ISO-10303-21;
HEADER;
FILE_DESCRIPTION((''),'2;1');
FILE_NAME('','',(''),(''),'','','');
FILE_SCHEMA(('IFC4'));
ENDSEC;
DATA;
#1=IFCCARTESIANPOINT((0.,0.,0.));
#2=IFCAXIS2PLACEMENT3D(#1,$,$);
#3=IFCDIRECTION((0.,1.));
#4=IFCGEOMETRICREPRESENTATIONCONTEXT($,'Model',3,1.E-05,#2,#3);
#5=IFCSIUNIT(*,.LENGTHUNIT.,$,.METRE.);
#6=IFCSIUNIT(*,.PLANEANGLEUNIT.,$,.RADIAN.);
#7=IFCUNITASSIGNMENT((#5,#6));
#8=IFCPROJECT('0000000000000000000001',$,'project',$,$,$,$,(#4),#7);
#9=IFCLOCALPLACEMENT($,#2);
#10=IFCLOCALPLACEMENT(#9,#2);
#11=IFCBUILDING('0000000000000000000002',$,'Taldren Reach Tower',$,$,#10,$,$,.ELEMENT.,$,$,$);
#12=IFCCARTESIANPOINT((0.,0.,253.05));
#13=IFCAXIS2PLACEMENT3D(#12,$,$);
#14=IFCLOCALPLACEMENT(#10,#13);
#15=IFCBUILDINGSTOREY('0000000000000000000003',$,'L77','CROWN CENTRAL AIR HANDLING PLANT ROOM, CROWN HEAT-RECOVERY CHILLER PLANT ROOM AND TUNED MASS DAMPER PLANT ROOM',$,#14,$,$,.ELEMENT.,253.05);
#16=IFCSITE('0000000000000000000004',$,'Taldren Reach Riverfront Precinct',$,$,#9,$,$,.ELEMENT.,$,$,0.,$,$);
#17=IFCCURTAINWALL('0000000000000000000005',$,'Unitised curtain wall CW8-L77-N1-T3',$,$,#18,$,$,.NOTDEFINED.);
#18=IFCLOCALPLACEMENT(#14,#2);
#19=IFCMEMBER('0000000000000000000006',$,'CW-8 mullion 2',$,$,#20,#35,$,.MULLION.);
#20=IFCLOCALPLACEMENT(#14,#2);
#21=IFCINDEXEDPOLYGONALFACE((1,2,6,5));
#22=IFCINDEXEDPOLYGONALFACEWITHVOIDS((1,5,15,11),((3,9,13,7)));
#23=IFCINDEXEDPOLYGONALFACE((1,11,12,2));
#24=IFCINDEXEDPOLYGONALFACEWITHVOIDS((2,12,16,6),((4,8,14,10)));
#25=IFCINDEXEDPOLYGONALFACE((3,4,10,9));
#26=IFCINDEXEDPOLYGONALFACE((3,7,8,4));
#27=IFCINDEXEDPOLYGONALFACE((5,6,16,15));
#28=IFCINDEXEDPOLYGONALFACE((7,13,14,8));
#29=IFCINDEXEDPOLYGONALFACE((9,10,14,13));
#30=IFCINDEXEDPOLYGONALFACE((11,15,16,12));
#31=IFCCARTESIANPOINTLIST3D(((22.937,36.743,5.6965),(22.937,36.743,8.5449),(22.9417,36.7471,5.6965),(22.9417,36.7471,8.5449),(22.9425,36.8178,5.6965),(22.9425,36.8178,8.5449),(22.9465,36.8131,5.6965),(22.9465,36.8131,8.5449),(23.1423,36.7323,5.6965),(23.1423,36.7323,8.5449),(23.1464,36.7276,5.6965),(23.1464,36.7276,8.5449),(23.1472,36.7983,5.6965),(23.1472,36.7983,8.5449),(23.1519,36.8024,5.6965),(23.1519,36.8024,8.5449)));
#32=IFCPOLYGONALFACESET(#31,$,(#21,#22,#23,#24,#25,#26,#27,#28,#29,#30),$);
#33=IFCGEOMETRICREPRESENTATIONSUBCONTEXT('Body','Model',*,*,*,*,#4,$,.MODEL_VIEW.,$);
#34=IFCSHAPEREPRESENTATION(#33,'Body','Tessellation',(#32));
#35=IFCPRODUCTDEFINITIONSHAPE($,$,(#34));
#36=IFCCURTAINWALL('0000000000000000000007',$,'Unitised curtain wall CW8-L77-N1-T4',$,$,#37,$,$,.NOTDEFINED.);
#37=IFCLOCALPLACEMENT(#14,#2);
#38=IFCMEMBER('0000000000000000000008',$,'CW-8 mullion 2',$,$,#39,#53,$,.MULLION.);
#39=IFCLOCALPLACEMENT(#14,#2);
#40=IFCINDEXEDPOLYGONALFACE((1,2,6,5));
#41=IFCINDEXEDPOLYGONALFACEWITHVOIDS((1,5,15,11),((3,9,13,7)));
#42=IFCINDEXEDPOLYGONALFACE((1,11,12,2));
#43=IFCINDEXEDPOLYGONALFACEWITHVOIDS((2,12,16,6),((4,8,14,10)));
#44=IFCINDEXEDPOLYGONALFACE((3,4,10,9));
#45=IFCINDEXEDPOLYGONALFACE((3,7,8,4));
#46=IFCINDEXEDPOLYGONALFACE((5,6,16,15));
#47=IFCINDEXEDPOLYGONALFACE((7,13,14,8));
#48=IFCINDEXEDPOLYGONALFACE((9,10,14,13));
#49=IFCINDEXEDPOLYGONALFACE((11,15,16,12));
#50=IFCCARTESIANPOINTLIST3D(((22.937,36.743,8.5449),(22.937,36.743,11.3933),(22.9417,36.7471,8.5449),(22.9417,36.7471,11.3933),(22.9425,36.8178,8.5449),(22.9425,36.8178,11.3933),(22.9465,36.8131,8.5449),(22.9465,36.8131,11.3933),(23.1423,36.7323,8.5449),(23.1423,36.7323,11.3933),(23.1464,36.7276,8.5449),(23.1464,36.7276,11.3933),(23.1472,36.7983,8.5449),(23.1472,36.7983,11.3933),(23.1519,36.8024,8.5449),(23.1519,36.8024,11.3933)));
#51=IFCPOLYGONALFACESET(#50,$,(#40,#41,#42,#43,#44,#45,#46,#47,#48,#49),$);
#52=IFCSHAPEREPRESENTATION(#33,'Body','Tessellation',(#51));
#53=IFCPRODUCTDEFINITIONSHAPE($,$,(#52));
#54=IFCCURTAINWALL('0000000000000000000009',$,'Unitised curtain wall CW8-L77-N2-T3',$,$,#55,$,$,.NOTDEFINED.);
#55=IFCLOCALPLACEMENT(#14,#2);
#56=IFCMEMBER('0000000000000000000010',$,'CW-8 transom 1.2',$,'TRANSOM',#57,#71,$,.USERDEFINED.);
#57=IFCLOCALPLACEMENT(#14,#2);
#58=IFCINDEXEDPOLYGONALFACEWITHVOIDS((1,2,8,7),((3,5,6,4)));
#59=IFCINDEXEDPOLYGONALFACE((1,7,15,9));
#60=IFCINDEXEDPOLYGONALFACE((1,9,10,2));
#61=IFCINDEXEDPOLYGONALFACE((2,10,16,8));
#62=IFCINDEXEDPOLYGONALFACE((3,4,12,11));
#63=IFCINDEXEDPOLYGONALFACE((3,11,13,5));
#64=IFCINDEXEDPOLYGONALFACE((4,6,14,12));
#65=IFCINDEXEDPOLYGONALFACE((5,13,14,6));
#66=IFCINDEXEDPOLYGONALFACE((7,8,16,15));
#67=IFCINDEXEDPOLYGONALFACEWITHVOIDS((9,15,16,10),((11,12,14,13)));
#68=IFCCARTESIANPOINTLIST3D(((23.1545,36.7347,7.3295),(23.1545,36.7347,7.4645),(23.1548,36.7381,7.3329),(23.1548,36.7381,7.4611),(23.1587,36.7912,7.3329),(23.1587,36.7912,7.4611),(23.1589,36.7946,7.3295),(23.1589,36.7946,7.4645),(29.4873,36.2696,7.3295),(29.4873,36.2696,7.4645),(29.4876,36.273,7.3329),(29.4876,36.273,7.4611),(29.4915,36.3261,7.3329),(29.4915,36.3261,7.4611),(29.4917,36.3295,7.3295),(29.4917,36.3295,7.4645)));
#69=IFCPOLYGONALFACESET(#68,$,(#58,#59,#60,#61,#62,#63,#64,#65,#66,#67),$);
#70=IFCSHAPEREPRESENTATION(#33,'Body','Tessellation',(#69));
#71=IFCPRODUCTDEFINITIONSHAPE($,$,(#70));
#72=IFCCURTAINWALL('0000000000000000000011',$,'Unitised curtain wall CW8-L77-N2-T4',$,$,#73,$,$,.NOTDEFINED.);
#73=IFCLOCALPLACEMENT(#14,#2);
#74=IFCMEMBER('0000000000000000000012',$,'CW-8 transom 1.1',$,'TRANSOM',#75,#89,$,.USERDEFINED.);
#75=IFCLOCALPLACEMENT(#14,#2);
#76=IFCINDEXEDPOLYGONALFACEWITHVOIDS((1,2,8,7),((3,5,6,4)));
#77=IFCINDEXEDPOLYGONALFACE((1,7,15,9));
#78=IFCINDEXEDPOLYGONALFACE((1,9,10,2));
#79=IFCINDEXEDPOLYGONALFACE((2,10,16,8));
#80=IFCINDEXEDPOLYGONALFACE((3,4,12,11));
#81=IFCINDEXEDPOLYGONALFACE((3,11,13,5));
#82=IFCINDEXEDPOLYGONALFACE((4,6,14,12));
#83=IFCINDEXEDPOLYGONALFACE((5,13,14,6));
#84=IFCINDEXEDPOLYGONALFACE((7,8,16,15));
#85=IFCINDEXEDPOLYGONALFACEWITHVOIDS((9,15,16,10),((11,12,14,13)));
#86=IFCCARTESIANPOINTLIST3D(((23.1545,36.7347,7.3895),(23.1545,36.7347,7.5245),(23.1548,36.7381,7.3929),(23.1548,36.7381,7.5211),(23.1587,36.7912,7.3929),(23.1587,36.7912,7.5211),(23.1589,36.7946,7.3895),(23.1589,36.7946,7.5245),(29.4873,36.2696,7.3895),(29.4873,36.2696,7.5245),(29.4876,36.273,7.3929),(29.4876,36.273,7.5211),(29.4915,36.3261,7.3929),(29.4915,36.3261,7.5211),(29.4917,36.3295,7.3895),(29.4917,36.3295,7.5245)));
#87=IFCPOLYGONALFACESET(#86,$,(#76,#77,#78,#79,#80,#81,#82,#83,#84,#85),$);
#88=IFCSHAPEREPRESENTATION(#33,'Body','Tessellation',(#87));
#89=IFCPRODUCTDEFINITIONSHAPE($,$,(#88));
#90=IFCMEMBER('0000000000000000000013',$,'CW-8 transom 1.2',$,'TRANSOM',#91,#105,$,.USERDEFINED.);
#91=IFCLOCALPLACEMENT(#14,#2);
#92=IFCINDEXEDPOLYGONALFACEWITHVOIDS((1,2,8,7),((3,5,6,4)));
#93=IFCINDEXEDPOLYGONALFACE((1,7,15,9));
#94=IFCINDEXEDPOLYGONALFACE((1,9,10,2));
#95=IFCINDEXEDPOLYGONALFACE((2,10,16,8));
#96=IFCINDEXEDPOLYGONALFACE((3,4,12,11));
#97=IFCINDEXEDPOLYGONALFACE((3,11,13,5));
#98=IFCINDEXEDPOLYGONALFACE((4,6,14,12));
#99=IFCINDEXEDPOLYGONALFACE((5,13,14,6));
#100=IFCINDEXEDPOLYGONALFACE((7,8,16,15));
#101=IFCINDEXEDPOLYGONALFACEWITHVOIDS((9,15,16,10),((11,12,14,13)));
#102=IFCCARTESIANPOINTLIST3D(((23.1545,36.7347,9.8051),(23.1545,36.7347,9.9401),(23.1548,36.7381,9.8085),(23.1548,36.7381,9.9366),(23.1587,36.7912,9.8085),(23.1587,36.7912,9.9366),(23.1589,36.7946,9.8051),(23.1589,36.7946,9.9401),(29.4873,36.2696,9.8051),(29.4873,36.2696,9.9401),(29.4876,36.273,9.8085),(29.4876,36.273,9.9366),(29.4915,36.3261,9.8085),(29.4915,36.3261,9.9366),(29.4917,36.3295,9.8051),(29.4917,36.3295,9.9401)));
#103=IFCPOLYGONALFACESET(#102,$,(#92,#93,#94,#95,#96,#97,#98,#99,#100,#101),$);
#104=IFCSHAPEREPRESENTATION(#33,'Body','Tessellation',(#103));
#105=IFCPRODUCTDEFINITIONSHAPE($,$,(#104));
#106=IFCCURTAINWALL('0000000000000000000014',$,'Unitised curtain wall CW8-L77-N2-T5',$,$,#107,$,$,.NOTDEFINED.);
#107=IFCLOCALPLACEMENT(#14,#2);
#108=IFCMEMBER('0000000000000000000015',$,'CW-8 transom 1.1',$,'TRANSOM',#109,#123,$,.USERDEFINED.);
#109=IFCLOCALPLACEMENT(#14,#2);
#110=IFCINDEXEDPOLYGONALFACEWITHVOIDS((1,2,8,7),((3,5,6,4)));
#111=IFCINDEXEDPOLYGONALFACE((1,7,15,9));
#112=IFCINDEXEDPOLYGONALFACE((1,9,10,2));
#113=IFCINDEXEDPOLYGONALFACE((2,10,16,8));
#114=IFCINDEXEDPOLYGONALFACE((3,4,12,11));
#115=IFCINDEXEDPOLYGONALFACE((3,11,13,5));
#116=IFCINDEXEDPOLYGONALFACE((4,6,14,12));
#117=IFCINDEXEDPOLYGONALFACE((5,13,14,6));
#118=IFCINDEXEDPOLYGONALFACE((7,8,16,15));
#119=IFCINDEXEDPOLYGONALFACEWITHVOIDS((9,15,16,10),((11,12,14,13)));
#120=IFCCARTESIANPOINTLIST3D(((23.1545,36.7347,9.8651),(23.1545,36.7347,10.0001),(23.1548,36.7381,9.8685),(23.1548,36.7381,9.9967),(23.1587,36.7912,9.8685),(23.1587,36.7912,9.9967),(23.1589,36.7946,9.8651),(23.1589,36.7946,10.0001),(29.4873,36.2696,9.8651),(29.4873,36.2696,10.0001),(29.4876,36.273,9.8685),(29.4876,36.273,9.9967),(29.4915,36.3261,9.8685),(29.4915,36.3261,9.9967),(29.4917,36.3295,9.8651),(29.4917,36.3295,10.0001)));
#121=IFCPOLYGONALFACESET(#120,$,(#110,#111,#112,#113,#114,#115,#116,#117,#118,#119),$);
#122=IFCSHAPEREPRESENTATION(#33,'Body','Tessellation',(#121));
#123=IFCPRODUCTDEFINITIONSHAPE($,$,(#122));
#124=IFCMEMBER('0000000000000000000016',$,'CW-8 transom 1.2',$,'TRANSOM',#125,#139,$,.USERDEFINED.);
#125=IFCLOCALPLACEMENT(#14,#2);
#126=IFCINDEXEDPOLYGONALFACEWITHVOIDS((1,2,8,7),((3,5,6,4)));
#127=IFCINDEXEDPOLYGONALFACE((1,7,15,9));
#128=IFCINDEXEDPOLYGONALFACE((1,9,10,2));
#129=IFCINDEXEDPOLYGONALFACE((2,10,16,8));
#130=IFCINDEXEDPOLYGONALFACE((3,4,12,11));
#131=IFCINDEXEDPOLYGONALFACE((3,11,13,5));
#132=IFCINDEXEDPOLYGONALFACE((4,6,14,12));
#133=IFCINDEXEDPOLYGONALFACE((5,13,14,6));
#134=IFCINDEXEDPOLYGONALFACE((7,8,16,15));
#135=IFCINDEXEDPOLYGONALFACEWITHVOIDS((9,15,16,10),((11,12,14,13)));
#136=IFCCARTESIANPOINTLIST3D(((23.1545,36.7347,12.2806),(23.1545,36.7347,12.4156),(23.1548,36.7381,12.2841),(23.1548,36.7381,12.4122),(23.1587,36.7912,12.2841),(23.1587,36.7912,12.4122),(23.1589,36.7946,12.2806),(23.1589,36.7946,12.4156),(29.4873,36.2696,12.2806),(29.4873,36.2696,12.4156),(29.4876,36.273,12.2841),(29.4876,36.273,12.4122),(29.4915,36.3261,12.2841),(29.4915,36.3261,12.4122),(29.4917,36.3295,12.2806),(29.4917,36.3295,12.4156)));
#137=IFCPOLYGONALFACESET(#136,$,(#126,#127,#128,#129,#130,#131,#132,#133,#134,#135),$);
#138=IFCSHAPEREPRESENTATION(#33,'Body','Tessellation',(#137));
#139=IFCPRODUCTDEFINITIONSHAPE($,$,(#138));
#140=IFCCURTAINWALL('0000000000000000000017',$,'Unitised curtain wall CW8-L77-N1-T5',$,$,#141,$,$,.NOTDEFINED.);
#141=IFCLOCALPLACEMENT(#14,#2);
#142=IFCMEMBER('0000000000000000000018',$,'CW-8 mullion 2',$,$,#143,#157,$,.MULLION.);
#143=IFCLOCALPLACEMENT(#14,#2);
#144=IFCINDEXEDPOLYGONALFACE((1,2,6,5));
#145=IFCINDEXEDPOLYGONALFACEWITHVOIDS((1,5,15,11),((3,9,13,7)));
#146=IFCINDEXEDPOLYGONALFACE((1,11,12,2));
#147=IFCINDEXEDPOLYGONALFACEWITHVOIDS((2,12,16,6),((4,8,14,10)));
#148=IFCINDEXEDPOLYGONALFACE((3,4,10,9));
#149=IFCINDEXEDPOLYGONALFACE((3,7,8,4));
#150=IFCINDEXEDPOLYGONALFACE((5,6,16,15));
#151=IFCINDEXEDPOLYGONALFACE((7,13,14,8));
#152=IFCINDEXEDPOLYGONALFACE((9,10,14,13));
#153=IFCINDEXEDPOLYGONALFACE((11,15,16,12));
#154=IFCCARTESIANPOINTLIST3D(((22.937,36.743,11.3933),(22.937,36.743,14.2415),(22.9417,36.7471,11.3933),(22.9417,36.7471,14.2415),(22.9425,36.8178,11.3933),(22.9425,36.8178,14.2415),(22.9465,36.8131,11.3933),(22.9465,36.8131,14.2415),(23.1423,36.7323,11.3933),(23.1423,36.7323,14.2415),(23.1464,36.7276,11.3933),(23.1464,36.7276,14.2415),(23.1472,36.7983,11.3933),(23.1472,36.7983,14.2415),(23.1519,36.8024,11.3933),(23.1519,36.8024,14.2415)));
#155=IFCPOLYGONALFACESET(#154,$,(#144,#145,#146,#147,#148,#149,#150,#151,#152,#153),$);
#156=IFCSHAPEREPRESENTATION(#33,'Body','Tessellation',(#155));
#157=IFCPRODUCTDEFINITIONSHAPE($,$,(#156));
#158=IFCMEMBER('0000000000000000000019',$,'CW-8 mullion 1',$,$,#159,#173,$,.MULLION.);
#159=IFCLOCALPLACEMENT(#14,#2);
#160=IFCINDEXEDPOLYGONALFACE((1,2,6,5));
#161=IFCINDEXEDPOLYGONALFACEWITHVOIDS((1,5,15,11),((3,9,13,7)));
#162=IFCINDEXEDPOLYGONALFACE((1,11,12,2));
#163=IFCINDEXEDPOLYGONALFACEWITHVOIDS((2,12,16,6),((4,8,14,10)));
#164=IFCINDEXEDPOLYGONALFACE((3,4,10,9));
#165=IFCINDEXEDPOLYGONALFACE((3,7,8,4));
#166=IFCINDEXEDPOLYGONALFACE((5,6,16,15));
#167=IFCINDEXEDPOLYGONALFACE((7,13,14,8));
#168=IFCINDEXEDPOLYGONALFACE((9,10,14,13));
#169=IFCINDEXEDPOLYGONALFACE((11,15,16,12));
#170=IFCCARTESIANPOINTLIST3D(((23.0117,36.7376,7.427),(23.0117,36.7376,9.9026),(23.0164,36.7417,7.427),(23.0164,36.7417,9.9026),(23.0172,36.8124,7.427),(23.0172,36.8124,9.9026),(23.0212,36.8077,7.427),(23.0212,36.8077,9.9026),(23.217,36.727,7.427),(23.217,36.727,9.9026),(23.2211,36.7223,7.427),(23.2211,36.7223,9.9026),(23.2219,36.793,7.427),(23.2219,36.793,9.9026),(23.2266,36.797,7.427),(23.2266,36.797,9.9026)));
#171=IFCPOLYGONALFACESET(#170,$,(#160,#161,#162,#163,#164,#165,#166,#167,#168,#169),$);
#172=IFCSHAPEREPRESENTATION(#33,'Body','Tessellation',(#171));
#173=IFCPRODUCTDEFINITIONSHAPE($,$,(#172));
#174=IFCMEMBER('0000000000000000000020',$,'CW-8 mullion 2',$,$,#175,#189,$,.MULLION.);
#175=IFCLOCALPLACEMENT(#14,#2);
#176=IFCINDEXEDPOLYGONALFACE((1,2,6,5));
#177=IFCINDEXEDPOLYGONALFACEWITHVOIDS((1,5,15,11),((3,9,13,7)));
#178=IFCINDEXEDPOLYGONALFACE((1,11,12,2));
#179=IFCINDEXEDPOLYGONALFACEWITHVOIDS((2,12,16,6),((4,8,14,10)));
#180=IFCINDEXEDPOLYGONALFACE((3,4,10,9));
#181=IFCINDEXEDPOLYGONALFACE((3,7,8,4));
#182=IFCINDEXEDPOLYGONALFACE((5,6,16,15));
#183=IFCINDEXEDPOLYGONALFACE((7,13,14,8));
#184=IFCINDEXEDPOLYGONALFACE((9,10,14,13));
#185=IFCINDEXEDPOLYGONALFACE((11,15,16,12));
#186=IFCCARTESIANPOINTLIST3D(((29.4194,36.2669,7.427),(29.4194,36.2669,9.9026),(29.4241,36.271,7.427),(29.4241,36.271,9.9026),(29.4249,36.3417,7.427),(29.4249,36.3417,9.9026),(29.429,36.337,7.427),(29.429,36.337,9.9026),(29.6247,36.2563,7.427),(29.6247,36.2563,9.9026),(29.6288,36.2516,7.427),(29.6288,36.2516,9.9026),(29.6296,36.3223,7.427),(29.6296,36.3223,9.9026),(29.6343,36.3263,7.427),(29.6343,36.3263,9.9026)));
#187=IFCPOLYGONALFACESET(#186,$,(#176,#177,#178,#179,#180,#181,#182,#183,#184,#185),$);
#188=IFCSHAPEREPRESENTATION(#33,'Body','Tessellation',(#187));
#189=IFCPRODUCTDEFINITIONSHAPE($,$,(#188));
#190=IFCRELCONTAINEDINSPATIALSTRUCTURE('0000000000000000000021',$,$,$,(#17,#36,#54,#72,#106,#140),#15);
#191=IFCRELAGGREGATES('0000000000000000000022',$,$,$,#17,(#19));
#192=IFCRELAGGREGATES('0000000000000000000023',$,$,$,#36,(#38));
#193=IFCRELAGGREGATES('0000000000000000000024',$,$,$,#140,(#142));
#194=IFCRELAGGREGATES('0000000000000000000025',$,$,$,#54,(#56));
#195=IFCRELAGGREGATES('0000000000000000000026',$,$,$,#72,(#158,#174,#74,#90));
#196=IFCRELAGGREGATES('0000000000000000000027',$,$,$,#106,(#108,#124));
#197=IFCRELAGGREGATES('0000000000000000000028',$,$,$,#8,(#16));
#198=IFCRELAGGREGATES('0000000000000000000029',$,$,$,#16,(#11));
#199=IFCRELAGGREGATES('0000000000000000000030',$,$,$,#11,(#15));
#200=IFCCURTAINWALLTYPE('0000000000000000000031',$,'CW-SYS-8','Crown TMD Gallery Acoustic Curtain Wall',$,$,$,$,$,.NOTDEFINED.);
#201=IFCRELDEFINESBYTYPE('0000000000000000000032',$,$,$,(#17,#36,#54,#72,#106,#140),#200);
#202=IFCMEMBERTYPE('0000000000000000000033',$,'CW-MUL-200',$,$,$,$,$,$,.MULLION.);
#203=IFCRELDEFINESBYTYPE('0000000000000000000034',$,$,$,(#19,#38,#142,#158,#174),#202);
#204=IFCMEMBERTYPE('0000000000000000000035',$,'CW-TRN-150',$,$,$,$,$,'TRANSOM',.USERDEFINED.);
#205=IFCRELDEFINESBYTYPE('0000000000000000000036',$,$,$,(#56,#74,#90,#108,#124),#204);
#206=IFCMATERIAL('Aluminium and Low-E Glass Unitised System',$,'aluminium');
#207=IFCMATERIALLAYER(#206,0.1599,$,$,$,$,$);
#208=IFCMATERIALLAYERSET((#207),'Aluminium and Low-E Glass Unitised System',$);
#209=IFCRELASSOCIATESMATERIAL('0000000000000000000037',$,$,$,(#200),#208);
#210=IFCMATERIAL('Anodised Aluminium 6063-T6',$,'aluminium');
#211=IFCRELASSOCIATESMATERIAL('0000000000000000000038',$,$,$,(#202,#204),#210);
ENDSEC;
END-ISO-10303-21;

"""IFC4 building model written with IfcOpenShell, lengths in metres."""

from ifc_helpers import new_model, si_unit, direction, frame, origin, origin_2d, place, context, subcontext, project, spatial, hollow_rectangle, extrude, source, transform, mapped, material, layer, layer_set, material_profile, profile_set, type_object, element, aggregate, save


model = new_model("IFC4")

# Units and contexts
model_context = context("Model", 3, precision=1e-05, world=origin(), true_north=direction((0.0, 1.0)))
body_context = subcontext(model_context, "Body", "Model", "MODEL_VIEW")
ifc_project = project(units=[si_unit("LENGTHUNIT", "METRE"), si_unit("PLANEANGLEUNIT", "RADIAN")], contexts=[model_context])

# Site, building, storey
site_placement = place(None, origin())
site = spatial("IfcSite", under=ifc_project, at=site_placement, Name="Taldren Reach Riverfront Precinct", CompositionType="ELEMENT", RefElevation=0.0)
building_placement = place(site_placement, origin())
building = spatial("IfcBuilding", under=site, at=building_placement, Name="Taldren Reach Tower", CompositionType="ELEMENT")
storey_placement = place(building_placement, frame((0.0, 0.0, 253.05)))
storey = spatial("IfcBuildingStorey", under=building, at=storey_placement, Name="L77", Description="CROWN CENTRAL AIR HANDLING PLANT ROOM, CROWN HEAT-RECOVERY CHILLER PLANT ROOM AND TUNED MASS DAMPER PLANT ROOM", CompositionType="ELEMENT", Elevation=253.05)

# Curtain walls, members
ifc_material_1 = material(Name="Aluminium and Low-E Glass Unitised System", Category="aluminium")
ifc_layer_1 = layer(ifc_material_1, 0.1599)
ifc_layer_set_1 = layer_set([ifc_layer_1], Name="Aluminium and Low-E Glass Unitised System")
curtain_wall_type = type_object("IfcCurtainWallType", Name="CW-SYS-8", Description="Crown TMD Gallery Acoustic Curtain Wall", PredefinedType="NOTDEFINED", material=ifc_layer_set_1)
curtain_wall_1_placement = place(storey_placement, origin())
curtain_wall_1 = element("IfcCurtainWall", 1, at=curtain_wall_1_placement, inside=storey, type_object=curtain_wall_type, Name="Unitised curtain wall CW8-L77-N1-T3", PredefinedType="NOTDEFINED")
ifc_material_2 = material(Name="Anodised Aluminium 6063-T6", Category="aluminium")
ifc_material_profile_1 = material_profile(ifc_material_2, hollow_rectangle(XDim=0.075, YDim=0.21, WallThickness=0.0044, at=origin_2d()), Name="ALU-210x75x4.5RHS")
ifc_profile_set_1 = profile_set([ifc_material_profile_1], Name="Anodised Aluminium 6063-T6")
member_type_1 = type_object("IfcMemberType", Name="CW-MUL-200", PredefinedType="MULLION", material=ifc_profile_set_1)
shared_shape_1 = source(origin(), body_context, "Body", "SweptSolid", [
    extrude(hollow_rectangle(XDim=0.075, YDim=0.21, WallThickness=0.0044, at=origin_2d()), origin(), (0.0, 0.0, 1.0), 2.8484),
])
member_1_placement = place(storey_placement, frame((23.0444, 36.7727, 5.6965), z_axis=(0.0, 0.0, 1.0), x_axis=(0.073239, 0.997314, 0.0)))
member_1 = element("IfcMember", 2, at=member_1_placement, type_object=member_type_1, Name="CW-8 mullion 2", PredefinedType="MULLION", context=body_context, shape_type="MappedRepresentation", body=[
    mapped(shared_shape_1, transform((0.0, 0.0, 0.0), scale=1.0)),
])
curtain_wall_2_placement = place(storey_placement, origin())
curtain_wall_2 = element("IfcCurtainWall", 3, at=curtain_wall_2_placement, inside=storey, type_object=curtain_wall_type, Name="Unitised curtain wall CW8-L77-N1-T4", PredefinedType="NOTDEFINED")
member_2_placement = place(storey_placement, frame((23.0444, 36.7727, 8.5449), z_axis=(0.0, 0.0, 1.0), x_axis=(0.073239, 0.997314, 0.0)))
member_2 = element("IfcMember", 4, at=member_2_placement, type_object=member_type_1, Name="CW-8 mullion 2", PredefinedType="MULLION", context=body_context, shape_type="MappedRepresentation", body=[
    mapped(shared_shape_1, transform((0.0, 0.0, 0.0), scale=1.0)),
])
curtain_wall_3_placement = place(storey_placement, origin())
curtain_wall_3 = element("IfcCurtainWall", 5, at=curtain_wall_3_placement, inside=storey, type_object=curtain_wall_type, Name="Unitised curtain wall CW8-L77-N2-T3", PredefinedType="NOTDEFINED")
ifc_material_profile_2 = material_profile(ifc_material_2, hollow_rectangle(XDim=0.0601, YDim=0.135, WallThickness=0.0034, at=origin_2d()), Name="ALU-135x60x3.5RHS")
ifc_profile_set_2 = profile_set([ifc_material_profile_2], Name="Anodised Aluminium 6063-T6")
member_type_2 = type_object("IfcMemberType", Name="CW-TRN-150", ElementType="TRANSOM", PredefinedType="USERDEFINED", material=ifc_profile_set_2)
shared_shape_2 = source(origin(), body_context, "Body", "SweptSolid", [
    extrude(hollow_rectangle(XDim=0.0601, YDim=0.135, WallThickness=0.0034, at=origin_2d()), origin(), (0.0, 0.0, 1.0), 6.3499),
])
member_3_placement = place(storey_placement, frame((23.1567, 36.7646, 7.397), z_axis=(0.997314, -0.073244, 0.0), x_axis=(0.073244, 0.997314, 0.0)))
member_3 = element("IfcMember", 6, at=member_3_placement, type_object=member_type_2, Name="CW-8 transom 1.2", ObjectType="TRANSOM", PredefinedType="USERDEFINED", context=body_context, shape_type="MappedRepresentation", body=[
    mapped(shared_shape_2, transform((0.0, 0.0, 0.0), scale=1.0)),
])

# Curtain walls, members
curtain_wall_4_placement = place(storey_placement, origin())
curtain_wall_4 = element("IfcCurtainWall", 7, at=curtain_wall_4_placement, inside=storey, type_object=curtain_wall_type, Name="Unitised curtain wall CW8-L77-N2-T4", PredefinedType="NOTDEFINED")
member_4_placement = place(storey_placement, frame((23.1567, 36.7646, 7.457), z_axis=(0.997314, -0.073244, 0.0), x_axis=(0.073244, 0.997314, 0.0)))
member_4 = element("IfcMember", 8, at=member_4_placement, type_object=member_type_2, Name="CW-8 transom 1.1", ObjectType="TRANSOM", PredefinedType="USERDEFINED", context=body_context, shape_type="MappedRepresentation", body=[
    mapped(shared_shape_2, transform((0.0, 0.0, 0.0), scale=1.0)),
])
member_5_placement = place(storey_placement, frame((23.1567, 36.7646, 9.8726), z_axis=(0.997314, -0.073244, 0.0), x_axis=(0.073244, 0.997314, 0.0)))
member_5 = element("IfcMember", 9, at=member_5_placement, type_object=member_type_2, Name="CW-8 transom 1.2", ObjectType="TRANSOM", PredefinedType="USERDEFINED", context=body_context, shape_type="MappedRepresentation", body=[
    mapped(shared_shape_2, transform((0.0, 0.0, 0.0), scale=1.0)),
])
curtain_wall_5_placement = place(storey_placement, origin())
curtain_wall_5 = element("IfcCurtainWall", 10, at=curtain_wall_5_placement, inside=storey, type_object=curtain_wall_type, Name="Unitised curtain wall CW8-L77-N2-T5", PredefinedType="NOTDEFINED")
member_6_placement = place(storey_placement, frame((23.1567, 36.7646, 9.9326), z_axis=(0.997314, -0.073244, 0.0), x_axis=(0.073244, 0.997314, 0.0)))
member_6 = element("IfcMember", 11, at=member_6_placement, type_object=member_type_2, Name="CW-8 transom 1.1", ObjectType="TRANSOM", PredefinedType="USERDEFINED", context=body_context, shape_type="MappedRepresentation", body=[
    mapped(shared_shape_2, transform((0.0, 0.0, 0.0), scale=1.0)),
])
member_7_placement = place(storey_placement, frame((23.1567, 36.7646, 12.3481), z_axis=(0.997314, -0.073244, 0.0), x_axis=(0.073244, 0.997314, 0.0)))
member_7 = element("IfcMember", 12, at=member_7_placement, type_object=member_type_2, Name="CW-8 transom 1.2", ObjectType="TRANSOM", PredefinedType="USERDEFINED", context=body_context, shape_type="MappedRepresentation", body=[
    mapped(shared_shape_2, transform((0.0, 0.0, 0.0), scale=1.0)),
])

# Curtain wall, member
curtain_wall_6_placement = place(storey_placement, origin())
curtain_wall_6 = element("IfcCurtainWall", 13, at=curtain_wall_6_placement, inside=storey, type_object=curtain_wall_type, Name="Unitised curtain wall CW8-L77-N1-T5", PredefinedType="NOTDEFINED")
shared_shape_3 = source(origin(), body_context, "Body", "SweptSolid", [
    extrude(hollow_rectangle(XDim=0.075, YDim=0.21, WallThickness=0.0044, at=origin_2d()), origin(), (0.0, 0.0, 1.0), 2.8481),
])
member_8_placement = place(storey_placement, frame((23.0444, 36.7727, 11.3933), z_axis=(0.0, 0.0, 1.0), x_axis=(0.073239, 0.997314, 0.0)))
member_8 = element("IfcMember", 14, at=member_8_placement, type_object=member_type_1, Name="CW-8 mullion 2", PredefinedType="MULLION", context=body_context, shape_type="MappedRepresentation", body=[
    mapped(shared_shape_3, transform((0.0, 0.0, 0.0), scale=1.0)),
])

# Members
shared_shape_4 = source(origin(), body_context, "Body", "SweptSolid", [
    extrude(hollow_rectangle(XDim=0.075, YDim=0.21, WallThickness=0.0044, at=origin_2d()), origin(), (0.0, 0.0, 1.0), 2.4756),
])
member_9_placement = place(storey_placement, frame((23.1191, 36.7673, 7.427), z_axis=(0.0, 0.0, 1.0), x_axis=(0.073238, 0.997314, 0.0)))
member_9 = element("IfcMember", 15, at=member_9_placement, type_object=member_type_1, Name="CW-8 mullion 1", PredefinedType="MULLION", context=body_context, shape_type="MappedRepresentation", body=[
    mapped(shared_shape_4, transform((0.0, 0.0, 0.0), scale=1.0)),
])
member_10_placement = place(storey_placement, frame((29.5269, 36.2966, 7.427), z_axis=(0.0, 0.0, 1.0), x_axis=(0.073238, 0.997314, 0.0)))
member_10 = element("IfcMember", 16, at=member_10_placement, type_object=member_type_1, Name="CW-8 mullion 2", PredefinedType="MULLION", context=body_context, shape_type="MappedRepresentation", body=[
    mapped(shared_shape_4, transform((0.0, 0.0, 0.0), scale=1.0)),
])

aggregate(curtain_wall_1, [member_1])
aggregate(curtain_wall_2, [member_2])
aggregate(curtain_wall_6, [member_8])
aggregate(curtain_wall_3, [member_3])
aggregate(curtain_wall_4, [member_9, member_10, member_4, member_5])
aggregate(curtain_wall_5, [member_6, member_7])

save(model, "model.ifc")
